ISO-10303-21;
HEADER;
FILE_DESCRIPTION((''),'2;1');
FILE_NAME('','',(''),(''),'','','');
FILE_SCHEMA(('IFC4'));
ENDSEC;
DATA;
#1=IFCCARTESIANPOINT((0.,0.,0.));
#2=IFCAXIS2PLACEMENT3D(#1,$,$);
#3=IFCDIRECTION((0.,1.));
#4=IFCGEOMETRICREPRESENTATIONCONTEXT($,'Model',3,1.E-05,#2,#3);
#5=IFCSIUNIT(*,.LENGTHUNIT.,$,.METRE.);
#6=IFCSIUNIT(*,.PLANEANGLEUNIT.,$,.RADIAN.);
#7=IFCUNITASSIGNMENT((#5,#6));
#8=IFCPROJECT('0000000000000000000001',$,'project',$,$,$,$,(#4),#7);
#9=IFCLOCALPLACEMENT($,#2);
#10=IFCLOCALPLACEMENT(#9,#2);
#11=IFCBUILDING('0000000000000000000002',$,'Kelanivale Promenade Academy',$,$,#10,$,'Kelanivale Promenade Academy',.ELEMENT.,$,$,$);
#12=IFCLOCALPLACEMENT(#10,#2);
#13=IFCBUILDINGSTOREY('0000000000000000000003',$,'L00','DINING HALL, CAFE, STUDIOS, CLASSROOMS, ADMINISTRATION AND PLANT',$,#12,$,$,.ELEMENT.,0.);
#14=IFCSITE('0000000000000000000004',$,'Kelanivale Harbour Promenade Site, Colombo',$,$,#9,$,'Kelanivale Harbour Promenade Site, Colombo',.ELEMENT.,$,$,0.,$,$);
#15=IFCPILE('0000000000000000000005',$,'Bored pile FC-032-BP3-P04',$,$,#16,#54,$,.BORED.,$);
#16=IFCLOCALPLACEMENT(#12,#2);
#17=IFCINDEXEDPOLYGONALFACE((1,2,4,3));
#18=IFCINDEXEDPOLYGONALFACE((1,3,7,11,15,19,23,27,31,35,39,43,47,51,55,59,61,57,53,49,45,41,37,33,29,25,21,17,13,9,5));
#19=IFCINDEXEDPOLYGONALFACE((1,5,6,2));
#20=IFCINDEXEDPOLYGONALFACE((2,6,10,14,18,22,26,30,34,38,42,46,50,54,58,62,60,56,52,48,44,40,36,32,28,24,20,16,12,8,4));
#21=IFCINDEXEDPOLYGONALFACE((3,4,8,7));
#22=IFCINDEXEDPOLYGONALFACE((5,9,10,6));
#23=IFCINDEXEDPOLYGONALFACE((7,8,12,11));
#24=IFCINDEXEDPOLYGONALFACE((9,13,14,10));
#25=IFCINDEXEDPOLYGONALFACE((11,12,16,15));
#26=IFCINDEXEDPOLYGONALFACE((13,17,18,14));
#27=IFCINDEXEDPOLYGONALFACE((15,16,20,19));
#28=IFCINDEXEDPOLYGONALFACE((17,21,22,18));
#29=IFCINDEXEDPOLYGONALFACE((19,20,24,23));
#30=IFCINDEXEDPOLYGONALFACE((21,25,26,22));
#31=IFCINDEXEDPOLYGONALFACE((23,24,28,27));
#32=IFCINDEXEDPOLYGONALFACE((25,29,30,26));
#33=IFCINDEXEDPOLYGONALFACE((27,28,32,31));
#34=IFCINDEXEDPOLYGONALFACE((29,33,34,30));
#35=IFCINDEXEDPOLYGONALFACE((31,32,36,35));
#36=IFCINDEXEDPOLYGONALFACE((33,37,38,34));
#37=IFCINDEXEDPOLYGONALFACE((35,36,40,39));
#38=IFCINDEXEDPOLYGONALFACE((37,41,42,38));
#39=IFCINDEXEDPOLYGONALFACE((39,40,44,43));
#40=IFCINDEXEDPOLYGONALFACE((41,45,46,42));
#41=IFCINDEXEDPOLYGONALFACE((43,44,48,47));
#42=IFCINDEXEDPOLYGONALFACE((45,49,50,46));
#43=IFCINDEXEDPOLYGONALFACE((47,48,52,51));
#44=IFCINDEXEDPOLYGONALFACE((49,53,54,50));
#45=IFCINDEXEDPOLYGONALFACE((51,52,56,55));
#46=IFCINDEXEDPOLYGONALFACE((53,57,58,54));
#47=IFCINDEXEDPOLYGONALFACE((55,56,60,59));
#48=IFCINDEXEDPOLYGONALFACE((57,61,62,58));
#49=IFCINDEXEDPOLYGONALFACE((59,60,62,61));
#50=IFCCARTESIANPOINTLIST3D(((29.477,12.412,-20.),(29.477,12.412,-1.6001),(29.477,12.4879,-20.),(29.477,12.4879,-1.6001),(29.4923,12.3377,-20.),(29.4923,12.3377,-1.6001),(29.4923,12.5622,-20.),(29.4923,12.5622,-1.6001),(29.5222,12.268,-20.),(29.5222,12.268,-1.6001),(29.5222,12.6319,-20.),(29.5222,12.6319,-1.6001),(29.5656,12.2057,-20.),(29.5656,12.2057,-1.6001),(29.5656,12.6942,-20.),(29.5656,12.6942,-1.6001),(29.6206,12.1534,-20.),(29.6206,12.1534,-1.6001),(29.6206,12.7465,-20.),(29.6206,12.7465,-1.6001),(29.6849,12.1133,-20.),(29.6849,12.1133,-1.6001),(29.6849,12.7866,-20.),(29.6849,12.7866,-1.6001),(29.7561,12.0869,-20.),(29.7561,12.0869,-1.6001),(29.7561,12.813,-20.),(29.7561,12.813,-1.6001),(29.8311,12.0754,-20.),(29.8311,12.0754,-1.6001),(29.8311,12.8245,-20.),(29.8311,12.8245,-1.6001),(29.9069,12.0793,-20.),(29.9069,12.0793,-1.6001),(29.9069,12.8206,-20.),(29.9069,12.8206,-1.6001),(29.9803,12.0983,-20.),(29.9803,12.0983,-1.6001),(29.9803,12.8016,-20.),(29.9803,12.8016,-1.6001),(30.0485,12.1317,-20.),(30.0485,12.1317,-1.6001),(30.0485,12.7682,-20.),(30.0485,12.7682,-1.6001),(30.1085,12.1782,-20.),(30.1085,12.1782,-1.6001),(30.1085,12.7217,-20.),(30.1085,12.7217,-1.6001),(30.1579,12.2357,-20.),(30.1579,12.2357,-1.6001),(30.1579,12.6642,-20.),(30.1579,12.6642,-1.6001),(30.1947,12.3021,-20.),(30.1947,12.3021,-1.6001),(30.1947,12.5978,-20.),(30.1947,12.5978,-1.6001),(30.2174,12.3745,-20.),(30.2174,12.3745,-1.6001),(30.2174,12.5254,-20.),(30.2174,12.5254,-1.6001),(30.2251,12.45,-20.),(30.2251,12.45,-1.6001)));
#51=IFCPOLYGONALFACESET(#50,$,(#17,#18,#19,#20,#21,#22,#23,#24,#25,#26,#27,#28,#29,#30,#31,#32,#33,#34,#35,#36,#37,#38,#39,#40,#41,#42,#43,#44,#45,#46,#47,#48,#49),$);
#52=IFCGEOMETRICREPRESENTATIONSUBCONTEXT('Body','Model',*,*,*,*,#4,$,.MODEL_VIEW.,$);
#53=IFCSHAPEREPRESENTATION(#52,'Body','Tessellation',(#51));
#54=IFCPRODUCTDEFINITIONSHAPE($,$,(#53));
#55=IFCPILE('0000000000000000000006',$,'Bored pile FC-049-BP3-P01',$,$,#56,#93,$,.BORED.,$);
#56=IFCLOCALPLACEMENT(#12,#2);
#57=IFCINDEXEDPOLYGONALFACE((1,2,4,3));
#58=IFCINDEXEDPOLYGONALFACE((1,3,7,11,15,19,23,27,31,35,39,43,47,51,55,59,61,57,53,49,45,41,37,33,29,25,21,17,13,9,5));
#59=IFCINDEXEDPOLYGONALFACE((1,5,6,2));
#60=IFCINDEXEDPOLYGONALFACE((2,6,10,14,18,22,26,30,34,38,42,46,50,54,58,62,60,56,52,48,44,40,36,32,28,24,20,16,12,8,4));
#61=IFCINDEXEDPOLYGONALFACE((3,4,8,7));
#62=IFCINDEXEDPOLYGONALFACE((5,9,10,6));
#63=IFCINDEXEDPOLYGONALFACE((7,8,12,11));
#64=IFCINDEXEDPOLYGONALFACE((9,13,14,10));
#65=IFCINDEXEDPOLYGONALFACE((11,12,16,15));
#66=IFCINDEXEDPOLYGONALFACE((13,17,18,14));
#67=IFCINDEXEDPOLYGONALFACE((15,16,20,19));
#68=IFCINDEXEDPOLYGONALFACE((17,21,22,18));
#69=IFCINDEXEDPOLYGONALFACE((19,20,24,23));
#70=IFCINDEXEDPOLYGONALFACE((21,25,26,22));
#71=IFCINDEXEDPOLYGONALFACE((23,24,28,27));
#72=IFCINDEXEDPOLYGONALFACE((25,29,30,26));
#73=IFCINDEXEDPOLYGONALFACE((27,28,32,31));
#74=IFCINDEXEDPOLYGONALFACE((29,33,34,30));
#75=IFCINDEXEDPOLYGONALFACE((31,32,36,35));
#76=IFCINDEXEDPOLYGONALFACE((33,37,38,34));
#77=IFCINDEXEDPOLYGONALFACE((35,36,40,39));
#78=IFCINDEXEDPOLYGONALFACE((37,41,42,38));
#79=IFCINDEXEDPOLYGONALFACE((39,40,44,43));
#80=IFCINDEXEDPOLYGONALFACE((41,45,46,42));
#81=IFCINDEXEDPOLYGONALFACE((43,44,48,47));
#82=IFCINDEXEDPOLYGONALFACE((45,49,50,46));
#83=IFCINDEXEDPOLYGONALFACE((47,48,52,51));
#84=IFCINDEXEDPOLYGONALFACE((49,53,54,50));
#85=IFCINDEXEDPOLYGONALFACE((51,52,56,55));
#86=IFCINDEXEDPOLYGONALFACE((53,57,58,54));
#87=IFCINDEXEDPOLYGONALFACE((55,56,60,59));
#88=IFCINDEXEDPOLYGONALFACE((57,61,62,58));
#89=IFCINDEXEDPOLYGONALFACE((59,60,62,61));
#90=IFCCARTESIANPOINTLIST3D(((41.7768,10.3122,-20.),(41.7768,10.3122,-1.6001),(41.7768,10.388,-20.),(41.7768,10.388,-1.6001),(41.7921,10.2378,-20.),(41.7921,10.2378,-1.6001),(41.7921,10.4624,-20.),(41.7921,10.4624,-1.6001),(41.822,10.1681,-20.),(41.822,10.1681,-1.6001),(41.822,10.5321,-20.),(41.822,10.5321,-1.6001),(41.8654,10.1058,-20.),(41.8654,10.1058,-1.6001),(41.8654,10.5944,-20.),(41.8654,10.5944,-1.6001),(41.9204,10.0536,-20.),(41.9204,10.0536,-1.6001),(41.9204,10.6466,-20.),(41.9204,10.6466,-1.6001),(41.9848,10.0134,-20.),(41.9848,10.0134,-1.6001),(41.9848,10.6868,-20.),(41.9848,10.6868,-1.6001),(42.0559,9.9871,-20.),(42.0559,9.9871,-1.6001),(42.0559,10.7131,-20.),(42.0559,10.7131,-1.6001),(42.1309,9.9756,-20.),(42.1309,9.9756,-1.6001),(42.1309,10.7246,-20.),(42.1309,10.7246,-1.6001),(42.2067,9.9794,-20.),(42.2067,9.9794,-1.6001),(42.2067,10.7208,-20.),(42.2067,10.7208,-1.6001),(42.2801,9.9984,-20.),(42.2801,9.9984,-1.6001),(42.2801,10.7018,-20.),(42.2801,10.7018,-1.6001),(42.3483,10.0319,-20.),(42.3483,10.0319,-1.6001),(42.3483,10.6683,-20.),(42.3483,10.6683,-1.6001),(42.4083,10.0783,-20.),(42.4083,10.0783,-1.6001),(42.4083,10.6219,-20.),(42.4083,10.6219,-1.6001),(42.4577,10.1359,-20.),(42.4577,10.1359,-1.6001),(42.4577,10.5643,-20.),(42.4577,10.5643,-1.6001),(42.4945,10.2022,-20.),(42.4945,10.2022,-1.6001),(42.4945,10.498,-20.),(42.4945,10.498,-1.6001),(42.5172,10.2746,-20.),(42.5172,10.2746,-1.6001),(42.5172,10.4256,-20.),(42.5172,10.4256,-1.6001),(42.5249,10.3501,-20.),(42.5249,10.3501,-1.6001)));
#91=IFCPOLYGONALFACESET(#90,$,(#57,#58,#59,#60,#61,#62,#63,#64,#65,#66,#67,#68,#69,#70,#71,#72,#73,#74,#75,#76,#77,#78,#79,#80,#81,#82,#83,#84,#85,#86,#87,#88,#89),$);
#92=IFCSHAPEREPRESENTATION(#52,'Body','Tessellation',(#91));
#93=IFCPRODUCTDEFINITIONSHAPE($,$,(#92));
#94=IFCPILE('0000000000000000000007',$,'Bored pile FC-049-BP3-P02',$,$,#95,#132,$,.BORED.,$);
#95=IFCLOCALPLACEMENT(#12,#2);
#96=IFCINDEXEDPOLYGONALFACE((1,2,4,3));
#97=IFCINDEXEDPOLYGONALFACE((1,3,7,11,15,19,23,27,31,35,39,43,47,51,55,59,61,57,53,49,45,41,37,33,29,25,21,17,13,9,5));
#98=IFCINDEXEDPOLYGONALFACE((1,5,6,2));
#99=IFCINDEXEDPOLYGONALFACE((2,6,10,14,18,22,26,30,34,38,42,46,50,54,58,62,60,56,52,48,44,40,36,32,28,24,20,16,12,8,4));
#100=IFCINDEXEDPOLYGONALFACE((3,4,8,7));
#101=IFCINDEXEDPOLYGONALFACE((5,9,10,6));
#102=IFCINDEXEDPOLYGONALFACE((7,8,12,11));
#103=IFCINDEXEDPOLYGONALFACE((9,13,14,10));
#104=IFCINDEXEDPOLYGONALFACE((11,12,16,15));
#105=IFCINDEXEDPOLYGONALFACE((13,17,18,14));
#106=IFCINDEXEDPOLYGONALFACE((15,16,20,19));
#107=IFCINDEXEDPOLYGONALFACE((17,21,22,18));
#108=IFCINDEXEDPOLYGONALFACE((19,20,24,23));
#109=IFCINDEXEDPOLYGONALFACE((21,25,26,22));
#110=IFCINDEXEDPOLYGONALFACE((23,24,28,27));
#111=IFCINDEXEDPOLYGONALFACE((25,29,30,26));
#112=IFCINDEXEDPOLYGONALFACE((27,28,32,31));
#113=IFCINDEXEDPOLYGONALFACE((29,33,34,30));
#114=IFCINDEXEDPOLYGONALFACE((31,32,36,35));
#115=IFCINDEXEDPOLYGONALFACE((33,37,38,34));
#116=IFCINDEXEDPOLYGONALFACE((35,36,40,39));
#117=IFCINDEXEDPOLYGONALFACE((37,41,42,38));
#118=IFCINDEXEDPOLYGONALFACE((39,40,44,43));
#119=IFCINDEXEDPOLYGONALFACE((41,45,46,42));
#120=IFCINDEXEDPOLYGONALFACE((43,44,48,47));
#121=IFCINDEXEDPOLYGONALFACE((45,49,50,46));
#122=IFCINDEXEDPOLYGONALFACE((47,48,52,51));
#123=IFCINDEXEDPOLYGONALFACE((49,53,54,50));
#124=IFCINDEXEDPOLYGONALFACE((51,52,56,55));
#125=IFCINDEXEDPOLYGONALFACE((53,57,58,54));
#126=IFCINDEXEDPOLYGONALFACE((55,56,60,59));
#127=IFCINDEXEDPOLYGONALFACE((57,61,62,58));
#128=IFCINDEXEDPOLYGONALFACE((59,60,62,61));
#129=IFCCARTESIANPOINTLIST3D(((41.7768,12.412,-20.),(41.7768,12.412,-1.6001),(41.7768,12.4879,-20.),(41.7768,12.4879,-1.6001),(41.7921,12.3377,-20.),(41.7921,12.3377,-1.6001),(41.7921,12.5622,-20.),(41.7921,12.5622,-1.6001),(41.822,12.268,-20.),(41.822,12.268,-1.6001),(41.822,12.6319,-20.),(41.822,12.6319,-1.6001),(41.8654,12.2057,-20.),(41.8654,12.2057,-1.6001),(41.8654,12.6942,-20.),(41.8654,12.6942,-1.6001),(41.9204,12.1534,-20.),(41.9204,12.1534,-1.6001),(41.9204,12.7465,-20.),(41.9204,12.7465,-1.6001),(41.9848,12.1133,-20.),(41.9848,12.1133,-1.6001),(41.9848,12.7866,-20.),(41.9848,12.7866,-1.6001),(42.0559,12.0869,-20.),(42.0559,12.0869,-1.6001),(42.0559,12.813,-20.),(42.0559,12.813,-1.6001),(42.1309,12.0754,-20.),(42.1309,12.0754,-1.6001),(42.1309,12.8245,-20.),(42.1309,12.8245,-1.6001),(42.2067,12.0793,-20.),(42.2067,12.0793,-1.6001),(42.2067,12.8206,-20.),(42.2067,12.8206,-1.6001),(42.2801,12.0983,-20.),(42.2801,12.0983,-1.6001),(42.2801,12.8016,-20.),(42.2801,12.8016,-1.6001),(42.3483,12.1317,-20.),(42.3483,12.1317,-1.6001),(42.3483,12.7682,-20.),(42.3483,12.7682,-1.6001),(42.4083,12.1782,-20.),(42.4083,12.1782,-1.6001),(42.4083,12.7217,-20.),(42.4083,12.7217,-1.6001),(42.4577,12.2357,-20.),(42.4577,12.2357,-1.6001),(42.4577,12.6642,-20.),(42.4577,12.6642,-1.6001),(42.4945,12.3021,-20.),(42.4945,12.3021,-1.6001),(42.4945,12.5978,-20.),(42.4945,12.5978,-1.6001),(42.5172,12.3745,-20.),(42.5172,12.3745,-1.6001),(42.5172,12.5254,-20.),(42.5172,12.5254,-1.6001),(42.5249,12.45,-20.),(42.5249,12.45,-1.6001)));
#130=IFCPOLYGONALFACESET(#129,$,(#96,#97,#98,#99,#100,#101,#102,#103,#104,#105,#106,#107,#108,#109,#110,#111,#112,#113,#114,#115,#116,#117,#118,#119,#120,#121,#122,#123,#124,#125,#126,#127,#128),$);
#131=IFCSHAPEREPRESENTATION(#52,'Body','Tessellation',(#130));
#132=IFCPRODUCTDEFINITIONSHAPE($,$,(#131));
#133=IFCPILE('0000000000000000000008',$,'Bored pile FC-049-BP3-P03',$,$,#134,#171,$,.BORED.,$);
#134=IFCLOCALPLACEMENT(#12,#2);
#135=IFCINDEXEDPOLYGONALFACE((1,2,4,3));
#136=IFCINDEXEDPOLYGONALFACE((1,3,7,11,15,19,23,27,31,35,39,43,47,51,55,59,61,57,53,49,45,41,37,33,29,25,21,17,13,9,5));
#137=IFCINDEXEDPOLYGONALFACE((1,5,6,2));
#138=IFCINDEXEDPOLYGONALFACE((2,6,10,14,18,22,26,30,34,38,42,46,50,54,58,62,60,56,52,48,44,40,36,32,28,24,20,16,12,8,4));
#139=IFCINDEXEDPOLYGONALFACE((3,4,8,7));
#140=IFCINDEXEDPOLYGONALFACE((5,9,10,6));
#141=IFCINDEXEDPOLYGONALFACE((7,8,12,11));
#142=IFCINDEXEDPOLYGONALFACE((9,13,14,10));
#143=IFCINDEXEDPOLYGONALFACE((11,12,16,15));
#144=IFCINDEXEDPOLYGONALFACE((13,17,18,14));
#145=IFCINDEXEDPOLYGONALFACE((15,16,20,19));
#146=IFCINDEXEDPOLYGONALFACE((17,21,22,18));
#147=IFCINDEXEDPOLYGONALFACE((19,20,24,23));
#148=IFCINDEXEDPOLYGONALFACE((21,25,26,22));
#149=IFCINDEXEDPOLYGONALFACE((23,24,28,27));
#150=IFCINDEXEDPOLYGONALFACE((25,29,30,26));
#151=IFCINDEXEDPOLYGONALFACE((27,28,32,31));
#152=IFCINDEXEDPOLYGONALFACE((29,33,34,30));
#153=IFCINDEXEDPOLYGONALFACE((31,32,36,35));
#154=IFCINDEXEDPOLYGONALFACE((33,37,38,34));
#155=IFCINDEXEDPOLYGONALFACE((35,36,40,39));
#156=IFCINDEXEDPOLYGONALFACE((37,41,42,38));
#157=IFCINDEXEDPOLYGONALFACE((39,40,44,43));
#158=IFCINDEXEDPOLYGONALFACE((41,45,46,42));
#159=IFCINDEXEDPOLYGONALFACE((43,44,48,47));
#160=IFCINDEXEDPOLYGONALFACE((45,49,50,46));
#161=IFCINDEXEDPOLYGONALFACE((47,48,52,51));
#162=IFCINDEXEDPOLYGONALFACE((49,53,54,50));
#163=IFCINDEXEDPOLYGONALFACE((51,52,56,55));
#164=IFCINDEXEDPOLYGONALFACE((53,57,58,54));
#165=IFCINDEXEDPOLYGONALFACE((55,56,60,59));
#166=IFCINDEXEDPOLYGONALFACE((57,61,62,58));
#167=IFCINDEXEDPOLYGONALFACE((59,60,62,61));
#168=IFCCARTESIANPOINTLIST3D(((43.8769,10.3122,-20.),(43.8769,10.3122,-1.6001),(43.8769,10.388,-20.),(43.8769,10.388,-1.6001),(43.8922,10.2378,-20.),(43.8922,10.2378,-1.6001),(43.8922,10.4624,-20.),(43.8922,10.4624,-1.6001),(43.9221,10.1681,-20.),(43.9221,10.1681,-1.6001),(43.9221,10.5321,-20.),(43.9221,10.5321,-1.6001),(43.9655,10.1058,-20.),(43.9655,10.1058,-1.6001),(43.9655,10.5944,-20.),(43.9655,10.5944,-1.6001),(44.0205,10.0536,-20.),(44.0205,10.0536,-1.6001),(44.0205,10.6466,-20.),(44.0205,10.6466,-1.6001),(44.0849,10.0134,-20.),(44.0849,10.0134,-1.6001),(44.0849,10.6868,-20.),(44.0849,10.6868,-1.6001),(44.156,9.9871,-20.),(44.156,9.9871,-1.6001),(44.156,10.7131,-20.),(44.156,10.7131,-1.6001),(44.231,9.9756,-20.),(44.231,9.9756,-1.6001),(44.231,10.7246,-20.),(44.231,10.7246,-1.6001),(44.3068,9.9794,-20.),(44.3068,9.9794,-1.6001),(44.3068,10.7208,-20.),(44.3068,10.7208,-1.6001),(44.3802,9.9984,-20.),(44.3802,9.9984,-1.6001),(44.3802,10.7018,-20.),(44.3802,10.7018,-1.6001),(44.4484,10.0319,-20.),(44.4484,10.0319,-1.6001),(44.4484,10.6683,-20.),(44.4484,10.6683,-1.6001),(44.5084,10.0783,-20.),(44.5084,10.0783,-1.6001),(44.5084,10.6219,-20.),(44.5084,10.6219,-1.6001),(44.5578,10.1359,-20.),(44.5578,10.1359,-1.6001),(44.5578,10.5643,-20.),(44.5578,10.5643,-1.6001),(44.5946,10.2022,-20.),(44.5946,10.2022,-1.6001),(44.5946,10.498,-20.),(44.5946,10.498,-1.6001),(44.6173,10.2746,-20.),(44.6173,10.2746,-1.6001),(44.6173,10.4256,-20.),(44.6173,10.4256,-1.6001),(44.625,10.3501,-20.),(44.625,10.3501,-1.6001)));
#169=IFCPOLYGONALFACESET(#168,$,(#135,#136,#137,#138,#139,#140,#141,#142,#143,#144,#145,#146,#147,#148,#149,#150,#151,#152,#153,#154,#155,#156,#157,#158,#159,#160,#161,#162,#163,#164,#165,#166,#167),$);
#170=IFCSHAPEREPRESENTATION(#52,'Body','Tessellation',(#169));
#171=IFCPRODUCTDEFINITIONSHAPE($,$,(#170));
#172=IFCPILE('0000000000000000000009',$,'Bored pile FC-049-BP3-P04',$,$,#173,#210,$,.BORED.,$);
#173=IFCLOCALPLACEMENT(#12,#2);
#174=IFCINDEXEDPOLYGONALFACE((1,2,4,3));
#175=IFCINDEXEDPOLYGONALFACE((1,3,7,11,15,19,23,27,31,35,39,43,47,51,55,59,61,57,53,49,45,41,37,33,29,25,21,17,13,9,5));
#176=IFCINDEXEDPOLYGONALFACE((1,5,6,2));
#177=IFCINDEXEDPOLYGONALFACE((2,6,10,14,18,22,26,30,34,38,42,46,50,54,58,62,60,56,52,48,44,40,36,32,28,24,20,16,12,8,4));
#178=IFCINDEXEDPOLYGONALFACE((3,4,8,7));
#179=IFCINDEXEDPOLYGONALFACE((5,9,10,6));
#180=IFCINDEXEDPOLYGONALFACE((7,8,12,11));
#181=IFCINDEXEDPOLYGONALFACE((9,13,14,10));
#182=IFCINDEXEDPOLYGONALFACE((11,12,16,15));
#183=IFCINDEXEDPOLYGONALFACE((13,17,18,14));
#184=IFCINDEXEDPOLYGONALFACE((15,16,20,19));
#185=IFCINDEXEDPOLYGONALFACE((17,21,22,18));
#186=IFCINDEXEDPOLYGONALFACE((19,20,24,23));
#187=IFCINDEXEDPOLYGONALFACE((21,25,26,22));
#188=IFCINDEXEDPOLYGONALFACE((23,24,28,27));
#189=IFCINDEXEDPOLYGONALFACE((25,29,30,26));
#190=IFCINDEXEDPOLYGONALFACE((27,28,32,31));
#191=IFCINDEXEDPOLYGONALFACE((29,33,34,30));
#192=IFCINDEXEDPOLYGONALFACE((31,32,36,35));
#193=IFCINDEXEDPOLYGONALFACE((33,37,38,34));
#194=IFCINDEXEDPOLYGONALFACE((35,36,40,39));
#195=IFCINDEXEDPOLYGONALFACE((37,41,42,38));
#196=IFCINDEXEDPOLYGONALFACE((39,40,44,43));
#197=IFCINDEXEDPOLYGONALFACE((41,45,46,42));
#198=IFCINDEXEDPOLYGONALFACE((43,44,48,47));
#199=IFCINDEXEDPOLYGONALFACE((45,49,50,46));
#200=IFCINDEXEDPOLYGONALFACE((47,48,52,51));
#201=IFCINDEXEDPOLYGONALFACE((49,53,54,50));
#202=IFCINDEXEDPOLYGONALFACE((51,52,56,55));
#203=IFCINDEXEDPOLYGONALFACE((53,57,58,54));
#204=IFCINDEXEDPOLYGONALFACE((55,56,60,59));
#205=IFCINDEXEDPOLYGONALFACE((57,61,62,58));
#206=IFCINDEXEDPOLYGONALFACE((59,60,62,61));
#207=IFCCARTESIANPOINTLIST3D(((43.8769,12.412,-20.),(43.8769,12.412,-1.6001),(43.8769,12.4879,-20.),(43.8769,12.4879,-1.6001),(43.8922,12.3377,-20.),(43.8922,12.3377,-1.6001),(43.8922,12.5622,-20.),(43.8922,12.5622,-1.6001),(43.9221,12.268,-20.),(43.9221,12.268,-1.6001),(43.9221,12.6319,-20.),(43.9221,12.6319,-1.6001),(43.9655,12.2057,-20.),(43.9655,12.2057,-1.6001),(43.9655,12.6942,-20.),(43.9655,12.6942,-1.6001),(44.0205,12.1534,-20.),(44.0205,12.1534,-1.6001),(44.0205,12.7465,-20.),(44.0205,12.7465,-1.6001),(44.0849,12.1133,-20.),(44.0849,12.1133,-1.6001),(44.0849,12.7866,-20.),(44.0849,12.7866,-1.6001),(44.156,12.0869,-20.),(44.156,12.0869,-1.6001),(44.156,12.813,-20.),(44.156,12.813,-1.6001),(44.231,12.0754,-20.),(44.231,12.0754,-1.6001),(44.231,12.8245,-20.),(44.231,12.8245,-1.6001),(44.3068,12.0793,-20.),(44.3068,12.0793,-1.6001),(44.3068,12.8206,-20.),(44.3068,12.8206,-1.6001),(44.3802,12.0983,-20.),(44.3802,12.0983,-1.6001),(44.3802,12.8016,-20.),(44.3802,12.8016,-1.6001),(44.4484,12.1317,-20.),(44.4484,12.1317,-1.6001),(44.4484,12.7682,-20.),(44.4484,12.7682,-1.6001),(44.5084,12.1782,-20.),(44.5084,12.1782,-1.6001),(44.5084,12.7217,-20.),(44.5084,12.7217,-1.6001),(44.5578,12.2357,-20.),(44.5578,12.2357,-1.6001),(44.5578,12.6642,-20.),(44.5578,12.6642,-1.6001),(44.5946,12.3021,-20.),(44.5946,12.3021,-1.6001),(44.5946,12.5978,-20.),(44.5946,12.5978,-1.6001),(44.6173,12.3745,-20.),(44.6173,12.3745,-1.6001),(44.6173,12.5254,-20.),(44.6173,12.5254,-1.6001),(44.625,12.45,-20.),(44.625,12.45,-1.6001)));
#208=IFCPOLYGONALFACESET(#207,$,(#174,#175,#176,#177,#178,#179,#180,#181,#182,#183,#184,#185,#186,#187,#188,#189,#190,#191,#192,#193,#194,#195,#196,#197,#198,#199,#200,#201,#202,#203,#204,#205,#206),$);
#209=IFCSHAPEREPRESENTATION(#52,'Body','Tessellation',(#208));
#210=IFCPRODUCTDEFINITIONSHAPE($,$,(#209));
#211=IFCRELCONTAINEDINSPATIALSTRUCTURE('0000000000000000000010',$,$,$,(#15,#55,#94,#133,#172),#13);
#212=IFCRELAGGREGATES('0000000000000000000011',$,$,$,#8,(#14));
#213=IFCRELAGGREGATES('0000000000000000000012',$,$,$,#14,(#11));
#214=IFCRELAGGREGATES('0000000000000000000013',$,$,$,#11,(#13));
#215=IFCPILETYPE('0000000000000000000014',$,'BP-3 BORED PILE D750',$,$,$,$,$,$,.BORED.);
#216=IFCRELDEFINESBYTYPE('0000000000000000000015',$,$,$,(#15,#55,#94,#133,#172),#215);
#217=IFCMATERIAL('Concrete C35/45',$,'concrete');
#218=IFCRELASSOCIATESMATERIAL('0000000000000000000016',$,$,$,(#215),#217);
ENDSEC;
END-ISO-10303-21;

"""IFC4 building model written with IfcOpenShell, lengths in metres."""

from ifc_helpers import new_model, si_unit, direction, frame, origin, origin_2d, place, context, subcontext, project, spatial, circle, extrude, material, material_profile, profile_set, type_object, element, save


model = new_model("IFC4")

# Units and contexts
model_context = context("Model", 3, precision=1e-05, world=origin(), true_north=direction((0.0, 1.0)))
body_context = subcontext(model_context, "Body", "Model", "MODEL_VIEW")
ifc_project = project(units=[si_unit("LENGTHUNIT", "METRE"), si_unit("PLANEANGLEUNIT", "RADIAN")], contexts=[model_context])

# Site, building, storey
site_placement = place(None, origin())
site = spatial("IfcSite", under=ifc_project, at=site_placement, Name="Kelanivale Harbour Promenade Site, Colombo", LongName="Kelanivale Harbour Promenade Site, Colombo", CompositionType="ELEMENT", RefElevation=0.0)
building_placement = place(site_placement, origin())
building = spatial("IfcBuilding", under=site, at=building_placement, Name="Kelanivale Promenade Academy", LongName="Kelanivale Promenade Academy", CompositionType="ELEMENT")
storey_placement = place(building_placement, origin())
storey = spatial("IfcBuildingStorey", under=building, at=storey_placement, Name="L00", Description="DINING HALL, CAFE, STUDIOS, CLASSROOMS, ADMINISTRATION AND PLANT", CompositionType="ELEMENT", Elevation=0.0)

# Piles
ifc_material_1 = material(Name="Concrete C35/45", Category="concrete")
ifc_material_profile_1 = material_profile(ifc_material_1, circle(Radius=0.375, at=origin_2d()), Name="BORED PILE D750")
ifc_profile_set_1 = profile_set([ifc_material_profile_1], Name="Concrete C35/45")
pile_type = type_object("IfcPileType", Name="BP-3 BORED PILE D750", PredefinedType="BORED", material=ifc_profile_set_1)
for number, where, z_axis, x_axis, name in (
    (1, (29.8501, 12.45, -1.6001), (0.0, 0.0, -1.0), (1.0, 0.0, 0.0), "Bored pile FC-032-BP3-P04"),
    (2, (42.1499, 10.3501, -1.6001), (0.0, 0.0, -1.0), (1.0, 0.0, 0.0), "Bored pile FC-049-BP3-P01"),
    (3, (42.1499, 12.45, -1.6001), (0.0, 0.0, -1.0), (1.0, 0.0, 0.0), "Bored pile FC-049-BP3-P02"),
    (4, (44.25, 10.3501, -1.6001), (0.0, 0.0, -1.0), (1.0, 0.0, 0.0), "Bored pile FC-049-BP3-P03"),
    (5, (44.25, 12.45, -1.6001), (0.0, 0.0, -1.0), (1.0, 0.0, 0.0), "Bored pile FC-049-BP3-P04"),
):
    element("IfcPile", number, at=place(storey_placement, frame(where, z_axis=z_axis, x_axis=x_axis)), inside=storey, type_object=pile_type, Name=name, PredefinedType="BORED", context=body_context, shape_type="SweptSolid", body=[
        extrude(circle(Radius=0.375, at=origin_2d()), origin(), (0.0, 0.0, 1.0), 18.3999),
    ])

save(model, "model.ifc")
